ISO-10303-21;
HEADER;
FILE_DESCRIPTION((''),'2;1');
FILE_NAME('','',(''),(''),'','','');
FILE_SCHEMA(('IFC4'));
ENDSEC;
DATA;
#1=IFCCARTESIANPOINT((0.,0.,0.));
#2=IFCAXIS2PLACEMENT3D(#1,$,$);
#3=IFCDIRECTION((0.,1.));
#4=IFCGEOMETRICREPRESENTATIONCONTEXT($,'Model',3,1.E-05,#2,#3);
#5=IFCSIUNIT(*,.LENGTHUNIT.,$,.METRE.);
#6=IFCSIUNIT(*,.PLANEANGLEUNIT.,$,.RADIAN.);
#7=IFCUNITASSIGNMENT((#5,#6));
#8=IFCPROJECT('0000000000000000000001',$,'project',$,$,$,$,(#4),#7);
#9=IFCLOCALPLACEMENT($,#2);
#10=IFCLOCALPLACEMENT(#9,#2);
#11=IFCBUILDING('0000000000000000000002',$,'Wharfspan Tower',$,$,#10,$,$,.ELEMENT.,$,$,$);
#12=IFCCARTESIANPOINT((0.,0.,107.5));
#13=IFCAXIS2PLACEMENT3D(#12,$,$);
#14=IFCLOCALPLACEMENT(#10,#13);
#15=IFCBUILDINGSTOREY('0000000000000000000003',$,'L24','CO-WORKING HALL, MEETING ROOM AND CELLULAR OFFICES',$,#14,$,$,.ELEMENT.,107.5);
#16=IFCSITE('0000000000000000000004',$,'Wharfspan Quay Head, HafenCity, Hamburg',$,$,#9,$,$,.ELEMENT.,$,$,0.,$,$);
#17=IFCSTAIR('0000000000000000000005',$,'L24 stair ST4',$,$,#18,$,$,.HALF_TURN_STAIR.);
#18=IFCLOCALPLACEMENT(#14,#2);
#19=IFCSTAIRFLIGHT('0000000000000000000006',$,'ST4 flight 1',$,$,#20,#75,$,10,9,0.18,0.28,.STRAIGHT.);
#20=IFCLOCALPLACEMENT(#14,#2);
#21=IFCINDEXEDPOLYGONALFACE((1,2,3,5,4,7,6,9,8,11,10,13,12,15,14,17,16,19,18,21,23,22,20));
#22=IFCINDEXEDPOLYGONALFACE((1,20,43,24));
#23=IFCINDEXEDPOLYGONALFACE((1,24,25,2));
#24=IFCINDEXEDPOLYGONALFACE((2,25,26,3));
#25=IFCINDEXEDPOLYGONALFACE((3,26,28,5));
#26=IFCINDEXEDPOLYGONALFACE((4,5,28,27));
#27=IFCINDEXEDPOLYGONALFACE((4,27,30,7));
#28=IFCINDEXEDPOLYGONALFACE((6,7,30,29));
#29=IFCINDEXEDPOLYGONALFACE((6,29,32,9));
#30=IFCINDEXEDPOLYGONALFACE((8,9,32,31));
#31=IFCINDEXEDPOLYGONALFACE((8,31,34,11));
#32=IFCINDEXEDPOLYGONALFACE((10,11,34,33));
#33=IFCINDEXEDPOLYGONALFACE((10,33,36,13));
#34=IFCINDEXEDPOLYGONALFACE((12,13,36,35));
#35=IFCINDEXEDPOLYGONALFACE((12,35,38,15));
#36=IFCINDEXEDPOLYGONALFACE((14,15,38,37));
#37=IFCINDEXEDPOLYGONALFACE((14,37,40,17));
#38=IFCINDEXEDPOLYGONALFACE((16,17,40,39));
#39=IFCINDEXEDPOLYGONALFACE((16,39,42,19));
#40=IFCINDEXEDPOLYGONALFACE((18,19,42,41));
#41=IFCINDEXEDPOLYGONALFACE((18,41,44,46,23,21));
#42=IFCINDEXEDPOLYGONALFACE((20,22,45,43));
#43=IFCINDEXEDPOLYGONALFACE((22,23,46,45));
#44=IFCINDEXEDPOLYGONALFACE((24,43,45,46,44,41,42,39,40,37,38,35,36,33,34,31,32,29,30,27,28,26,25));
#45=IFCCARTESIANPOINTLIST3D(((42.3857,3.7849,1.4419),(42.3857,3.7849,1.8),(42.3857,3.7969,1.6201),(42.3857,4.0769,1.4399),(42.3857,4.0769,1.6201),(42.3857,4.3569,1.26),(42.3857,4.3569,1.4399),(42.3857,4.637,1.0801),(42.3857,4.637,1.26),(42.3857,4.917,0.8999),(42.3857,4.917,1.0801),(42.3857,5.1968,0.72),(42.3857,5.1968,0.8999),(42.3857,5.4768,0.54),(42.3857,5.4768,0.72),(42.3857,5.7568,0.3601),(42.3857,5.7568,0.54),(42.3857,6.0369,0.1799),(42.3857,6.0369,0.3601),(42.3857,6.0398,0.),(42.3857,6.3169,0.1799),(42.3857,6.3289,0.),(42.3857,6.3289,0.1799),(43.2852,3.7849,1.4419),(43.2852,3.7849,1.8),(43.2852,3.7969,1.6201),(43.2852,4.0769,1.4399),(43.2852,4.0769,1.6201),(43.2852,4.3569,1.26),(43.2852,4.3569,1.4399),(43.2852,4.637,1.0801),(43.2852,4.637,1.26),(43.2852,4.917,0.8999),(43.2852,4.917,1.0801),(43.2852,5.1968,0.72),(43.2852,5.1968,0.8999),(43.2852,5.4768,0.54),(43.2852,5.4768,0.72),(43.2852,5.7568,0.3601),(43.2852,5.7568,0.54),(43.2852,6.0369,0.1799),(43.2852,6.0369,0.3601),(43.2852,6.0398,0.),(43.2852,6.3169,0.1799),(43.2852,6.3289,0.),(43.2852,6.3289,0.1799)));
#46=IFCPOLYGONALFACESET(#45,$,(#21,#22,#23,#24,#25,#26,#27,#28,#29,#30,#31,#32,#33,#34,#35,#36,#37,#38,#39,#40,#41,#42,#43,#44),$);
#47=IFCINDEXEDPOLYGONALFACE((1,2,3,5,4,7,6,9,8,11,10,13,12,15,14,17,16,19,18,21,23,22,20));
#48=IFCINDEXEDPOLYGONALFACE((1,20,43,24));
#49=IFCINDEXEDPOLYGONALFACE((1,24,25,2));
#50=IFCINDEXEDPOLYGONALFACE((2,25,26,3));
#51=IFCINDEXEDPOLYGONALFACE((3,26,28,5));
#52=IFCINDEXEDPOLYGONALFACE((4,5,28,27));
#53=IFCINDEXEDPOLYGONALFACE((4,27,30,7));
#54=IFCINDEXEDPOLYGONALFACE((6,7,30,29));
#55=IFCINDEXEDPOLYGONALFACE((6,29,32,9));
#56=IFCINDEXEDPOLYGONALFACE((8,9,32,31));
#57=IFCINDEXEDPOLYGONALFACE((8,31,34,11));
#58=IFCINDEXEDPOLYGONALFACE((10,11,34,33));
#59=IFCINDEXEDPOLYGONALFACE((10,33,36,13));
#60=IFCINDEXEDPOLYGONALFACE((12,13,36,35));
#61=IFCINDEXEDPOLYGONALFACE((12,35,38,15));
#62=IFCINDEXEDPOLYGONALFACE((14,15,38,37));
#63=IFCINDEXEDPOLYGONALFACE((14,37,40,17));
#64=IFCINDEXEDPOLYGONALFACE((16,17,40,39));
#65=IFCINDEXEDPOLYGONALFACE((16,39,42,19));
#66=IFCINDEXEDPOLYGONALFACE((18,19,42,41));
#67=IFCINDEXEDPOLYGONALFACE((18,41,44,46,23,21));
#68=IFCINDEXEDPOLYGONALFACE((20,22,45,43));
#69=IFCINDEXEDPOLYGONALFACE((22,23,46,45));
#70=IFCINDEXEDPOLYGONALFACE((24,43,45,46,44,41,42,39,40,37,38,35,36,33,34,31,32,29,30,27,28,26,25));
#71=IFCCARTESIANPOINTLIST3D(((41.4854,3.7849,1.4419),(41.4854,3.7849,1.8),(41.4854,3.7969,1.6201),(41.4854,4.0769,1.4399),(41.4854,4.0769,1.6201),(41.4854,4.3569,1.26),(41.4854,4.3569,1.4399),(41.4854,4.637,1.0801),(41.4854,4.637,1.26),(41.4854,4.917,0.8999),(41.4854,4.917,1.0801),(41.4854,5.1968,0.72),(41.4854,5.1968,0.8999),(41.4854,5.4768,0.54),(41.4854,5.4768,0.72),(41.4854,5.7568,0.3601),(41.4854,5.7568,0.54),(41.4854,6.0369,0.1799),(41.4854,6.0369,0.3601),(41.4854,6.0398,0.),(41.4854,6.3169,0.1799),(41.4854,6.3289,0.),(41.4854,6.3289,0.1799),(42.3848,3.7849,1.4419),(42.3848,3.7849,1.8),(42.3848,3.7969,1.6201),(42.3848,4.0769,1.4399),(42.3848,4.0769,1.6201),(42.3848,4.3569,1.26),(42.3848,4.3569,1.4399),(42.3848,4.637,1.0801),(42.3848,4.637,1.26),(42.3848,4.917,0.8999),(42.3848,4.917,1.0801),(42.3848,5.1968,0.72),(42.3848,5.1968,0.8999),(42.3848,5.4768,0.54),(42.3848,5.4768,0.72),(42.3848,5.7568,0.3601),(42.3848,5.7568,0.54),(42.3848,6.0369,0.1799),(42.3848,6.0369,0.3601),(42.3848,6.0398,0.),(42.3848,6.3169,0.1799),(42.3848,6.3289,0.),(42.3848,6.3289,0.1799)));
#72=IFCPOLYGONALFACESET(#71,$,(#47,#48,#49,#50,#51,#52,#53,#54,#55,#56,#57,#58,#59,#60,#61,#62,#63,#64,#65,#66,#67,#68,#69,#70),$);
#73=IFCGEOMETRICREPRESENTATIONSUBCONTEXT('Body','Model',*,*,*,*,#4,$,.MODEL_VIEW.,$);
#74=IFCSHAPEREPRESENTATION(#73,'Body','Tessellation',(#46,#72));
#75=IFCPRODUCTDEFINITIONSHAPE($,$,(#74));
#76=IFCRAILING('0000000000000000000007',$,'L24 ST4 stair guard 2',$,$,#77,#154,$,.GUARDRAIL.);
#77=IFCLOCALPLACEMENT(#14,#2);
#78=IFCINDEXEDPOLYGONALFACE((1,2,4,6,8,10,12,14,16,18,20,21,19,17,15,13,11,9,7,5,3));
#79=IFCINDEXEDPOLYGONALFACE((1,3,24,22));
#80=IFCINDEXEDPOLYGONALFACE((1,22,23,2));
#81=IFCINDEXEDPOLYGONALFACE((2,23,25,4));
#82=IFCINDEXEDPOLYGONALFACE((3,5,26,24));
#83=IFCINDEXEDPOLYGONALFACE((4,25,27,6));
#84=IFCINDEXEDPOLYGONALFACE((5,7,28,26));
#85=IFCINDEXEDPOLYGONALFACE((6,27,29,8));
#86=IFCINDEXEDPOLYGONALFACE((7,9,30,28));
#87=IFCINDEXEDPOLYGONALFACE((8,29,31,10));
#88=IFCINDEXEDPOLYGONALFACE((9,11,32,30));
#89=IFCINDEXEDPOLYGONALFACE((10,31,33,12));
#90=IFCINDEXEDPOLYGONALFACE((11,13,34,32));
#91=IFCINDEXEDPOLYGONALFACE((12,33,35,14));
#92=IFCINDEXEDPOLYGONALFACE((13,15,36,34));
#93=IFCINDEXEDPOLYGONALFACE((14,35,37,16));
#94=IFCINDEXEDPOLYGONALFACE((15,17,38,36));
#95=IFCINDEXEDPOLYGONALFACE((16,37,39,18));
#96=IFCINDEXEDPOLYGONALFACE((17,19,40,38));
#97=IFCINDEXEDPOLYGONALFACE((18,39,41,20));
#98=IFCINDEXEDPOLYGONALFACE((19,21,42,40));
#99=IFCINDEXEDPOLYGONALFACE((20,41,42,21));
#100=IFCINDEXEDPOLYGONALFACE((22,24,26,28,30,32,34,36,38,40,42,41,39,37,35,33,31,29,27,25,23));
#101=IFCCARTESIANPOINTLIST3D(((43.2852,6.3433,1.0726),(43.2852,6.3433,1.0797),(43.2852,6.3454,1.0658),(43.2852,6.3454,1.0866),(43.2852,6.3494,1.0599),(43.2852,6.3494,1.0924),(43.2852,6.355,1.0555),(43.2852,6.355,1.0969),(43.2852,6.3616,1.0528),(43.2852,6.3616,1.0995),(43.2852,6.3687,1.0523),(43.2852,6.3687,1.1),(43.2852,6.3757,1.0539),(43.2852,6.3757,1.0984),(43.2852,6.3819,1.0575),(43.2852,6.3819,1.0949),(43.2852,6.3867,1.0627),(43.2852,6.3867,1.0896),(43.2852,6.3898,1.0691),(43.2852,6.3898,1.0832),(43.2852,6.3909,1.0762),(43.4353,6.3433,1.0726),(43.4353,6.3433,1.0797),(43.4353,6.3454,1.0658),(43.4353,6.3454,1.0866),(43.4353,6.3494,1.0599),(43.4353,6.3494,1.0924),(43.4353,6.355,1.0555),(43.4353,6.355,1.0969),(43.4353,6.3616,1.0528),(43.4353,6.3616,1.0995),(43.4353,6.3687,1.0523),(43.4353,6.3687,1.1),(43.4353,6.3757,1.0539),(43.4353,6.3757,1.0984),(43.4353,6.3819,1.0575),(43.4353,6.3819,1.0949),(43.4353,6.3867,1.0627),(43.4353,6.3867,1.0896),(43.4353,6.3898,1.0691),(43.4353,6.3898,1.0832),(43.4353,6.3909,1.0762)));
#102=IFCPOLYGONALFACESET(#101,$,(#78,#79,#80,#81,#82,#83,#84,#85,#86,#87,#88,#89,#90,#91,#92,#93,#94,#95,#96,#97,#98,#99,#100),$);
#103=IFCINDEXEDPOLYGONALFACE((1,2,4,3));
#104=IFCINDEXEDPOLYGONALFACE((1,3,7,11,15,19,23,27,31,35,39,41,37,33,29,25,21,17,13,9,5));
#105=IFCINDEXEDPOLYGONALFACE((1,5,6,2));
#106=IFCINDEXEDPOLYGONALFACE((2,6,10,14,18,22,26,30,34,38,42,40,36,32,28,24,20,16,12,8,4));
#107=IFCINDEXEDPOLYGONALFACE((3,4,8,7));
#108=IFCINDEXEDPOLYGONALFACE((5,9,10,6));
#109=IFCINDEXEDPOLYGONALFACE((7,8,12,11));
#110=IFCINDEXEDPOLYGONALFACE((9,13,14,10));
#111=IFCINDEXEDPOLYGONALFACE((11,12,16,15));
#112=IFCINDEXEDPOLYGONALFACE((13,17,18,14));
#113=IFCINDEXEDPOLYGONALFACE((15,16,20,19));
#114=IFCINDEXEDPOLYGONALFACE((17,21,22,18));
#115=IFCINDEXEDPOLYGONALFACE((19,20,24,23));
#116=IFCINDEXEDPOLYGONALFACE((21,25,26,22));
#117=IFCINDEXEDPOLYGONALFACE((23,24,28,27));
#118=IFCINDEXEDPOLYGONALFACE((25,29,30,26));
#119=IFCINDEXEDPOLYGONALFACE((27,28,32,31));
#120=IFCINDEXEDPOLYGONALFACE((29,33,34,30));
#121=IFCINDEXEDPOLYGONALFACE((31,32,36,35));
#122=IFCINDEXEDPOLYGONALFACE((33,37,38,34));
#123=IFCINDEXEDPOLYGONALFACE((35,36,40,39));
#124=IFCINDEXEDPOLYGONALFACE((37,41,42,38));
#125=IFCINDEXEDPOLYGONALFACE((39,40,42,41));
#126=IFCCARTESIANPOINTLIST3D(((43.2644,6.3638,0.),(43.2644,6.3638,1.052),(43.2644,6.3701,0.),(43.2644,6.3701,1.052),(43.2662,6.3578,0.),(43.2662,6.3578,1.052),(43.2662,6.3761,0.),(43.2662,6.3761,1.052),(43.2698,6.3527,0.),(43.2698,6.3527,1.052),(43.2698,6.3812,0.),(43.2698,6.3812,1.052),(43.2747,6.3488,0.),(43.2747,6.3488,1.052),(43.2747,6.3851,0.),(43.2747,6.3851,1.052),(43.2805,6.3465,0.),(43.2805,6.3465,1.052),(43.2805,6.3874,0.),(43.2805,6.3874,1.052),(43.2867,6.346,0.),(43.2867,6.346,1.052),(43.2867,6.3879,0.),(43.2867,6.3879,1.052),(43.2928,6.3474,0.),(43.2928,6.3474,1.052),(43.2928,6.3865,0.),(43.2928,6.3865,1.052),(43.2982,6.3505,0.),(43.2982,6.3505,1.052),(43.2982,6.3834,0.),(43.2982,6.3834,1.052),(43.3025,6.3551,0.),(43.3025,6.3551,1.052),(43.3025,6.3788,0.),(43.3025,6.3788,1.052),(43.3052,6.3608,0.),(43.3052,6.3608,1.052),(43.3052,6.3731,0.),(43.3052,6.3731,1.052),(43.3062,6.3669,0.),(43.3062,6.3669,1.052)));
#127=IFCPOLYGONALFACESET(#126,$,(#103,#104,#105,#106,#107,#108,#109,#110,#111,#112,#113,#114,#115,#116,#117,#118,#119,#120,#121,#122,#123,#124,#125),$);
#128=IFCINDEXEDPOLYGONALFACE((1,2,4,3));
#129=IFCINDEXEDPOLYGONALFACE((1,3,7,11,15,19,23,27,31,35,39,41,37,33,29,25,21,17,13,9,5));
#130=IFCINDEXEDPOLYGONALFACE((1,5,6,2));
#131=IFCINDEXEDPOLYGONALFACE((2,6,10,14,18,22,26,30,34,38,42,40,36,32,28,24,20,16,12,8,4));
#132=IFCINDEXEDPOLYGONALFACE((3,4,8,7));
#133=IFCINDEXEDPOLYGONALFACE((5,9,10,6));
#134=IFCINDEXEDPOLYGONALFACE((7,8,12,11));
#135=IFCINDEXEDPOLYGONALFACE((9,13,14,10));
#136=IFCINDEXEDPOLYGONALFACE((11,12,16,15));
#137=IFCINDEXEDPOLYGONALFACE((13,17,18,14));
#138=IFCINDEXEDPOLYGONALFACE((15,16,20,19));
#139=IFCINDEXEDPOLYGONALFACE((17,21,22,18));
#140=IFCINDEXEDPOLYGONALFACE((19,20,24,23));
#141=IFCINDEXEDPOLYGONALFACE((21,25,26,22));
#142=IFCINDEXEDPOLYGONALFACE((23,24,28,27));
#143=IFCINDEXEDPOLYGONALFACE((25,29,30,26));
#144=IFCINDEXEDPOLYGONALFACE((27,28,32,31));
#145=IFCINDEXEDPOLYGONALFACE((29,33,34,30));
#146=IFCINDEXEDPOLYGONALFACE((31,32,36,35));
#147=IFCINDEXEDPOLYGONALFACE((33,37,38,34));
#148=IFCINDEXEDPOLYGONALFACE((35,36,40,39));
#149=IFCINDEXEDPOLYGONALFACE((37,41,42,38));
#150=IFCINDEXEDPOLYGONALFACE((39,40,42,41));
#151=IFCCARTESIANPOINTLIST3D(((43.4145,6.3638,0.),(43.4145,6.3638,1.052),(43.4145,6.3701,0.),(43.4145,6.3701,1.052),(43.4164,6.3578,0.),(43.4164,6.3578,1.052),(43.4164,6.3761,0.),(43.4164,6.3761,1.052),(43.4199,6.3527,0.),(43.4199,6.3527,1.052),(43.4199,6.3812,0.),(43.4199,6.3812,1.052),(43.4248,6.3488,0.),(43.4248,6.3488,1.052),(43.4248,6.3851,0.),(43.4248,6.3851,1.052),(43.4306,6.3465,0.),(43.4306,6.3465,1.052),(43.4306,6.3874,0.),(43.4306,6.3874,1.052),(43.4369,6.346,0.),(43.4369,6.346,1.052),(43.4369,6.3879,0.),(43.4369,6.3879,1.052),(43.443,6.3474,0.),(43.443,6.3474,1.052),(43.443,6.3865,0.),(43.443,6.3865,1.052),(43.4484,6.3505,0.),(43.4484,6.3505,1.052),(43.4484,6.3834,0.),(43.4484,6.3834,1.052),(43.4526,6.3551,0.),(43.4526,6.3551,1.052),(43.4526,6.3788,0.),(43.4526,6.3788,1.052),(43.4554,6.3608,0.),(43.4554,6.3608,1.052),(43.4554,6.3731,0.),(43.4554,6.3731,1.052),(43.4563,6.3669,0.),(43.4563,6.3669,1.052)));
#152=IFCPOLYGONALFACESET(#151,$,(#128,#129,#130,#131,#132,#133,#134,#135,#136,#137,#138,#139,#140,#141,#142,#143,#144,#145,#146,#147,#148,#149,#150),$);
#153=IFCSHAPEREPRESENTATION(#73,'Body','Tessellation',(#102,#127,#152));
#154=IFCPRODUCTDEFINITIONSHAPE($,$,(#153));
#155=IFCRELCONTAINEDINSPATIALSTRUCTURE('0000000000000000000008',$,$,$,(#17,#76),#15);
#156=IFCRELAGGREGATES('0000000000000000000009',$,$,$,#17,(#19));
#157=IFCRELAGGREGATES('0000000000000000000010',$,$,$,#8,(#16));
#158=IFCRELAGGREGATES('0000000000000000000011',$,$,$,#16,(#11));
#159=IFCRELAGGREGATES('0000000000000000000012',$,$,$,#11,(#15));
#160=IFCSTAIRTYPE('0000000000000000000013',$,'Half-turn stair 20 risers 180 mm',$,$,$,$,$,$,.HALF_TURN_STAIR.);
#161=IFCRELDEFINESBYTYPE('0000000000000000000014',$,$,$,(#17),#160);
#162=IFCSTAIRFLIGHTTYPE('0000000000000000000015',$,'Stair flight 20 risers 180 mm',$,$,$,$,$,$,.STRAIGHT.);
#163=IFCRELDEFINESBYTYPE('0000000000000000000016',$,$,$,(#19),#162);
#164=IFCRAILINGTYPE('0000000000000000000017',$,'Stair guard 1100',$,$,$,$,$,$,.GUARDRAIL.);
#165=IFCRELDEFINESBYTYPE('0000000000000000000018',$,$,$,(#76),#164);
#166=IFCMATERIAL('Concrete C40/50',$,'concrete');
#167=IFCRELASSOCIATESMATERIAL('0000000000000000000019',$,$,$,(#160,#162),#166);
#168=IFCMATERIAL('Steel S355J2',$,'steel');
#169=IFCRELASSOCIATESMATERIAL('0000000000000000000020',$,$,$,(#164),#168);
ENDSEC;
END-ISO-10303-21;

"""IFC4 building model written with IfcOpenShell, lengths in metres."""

from ifc_helpers import new_model, si_unit, direction, frame, origin, origin_2d, place, context, subcontext, project, spatial, polyline, circle, outline, extrude, material, type_object, element, aggregate, save


model = new_model("IFC4")

# Units and contexts
model_context = context("Model", 3, precision=1e-05, world=origin(), true_north=direction((0.0, 1.0)))
body_context = subcontext(model_context, "Body", "Model", "MODEL_VIEW")
ifc_project = project(units=[si_unit("LENGTHUNIT", "METRE"), si_unit("PLANEANGLEUNIT", "RADIAN")], contexts=[model_context])

# Site, building, storey
site_placement = place(None, origin())
site = spatial("IfcSite", under=ifc_project, at=site_placement, Name="Wharfspan Quay Head, HafenCity, Hamburg", CompositionType="ELEMENT", RefElevation=0.0)
building_placement = place(site_placement, origin())
building = spatial("IfcBuilding", under=site, at=building_placement, Name="Wharfspan Tower", CompositionType="ELEMENT")
storey_placement = place(building_placement, frame((0.0, 0.0, 107.5)))
storey = spatial("IfcBuildingStorey", under=building, at=storey_placement, Name="L24", Description="CO-WORKING HALL, MEETING ROOM AND CELLULAR OFFICES", CompositionType="ELEMENT", Elevation=107.5)

# Shared definitions
ifc_material_1 = material(Name="Concrete C40/50", Category="concrete")

# Stair, stair flight
stair_type = type_object("IfcStairType", Name="Half-turn stair 20 risers 180 mm", PredefinedType="HALF_TURN_STAIR", material=ifc_material_1)
stair_placement = place(storey_placement, origin())
stair = element("IfcStair", 1, at=stair_placement, inside=storey, type_object=stair_type, Name="L24 stair ST4", PredefinedType="HALF_TURN_STAIR")
stair_flight_type = type_object("IfcStairFlightType", Name="Stair flight 20 risers 180 mm", PredefinedType="STRAIGHT", material=ifc_material_1)
stair_flight_placement = place(storey_placement, frame((42.3853, 6.3169, 0.0), z_axis=(0.0, 0.0, 1.0), x_axis=(0.0, -1.0, 0.0)))
stair_flight = element("IfcStairFlight", 2, at=stair_flight_placement, type_object=stair_flight_type, Name="ST4 flight 1", NumberOfRisers=10, NumberOfTreads=9, PredefinedType="STRAIGHT", RiserHeight=0.18, TreadLength=0.28, context=body_context, shape_type="SweptSolid", body=[
    extrude(outline(polyline([(-0.012, 0.0), (-0.012, 0.1799), (0.0, 0.1799), (0.28, 0.1799), (0.28, 0.3601), (0.5601, 0.3601), (0.5601, 0.54), (0.8401, 0.54), (0.8401, 0.72), (1.1201, 0.72), (1.1201, 0.8999), (1.3999, 0.8999), (1.3999, 1.0801), (1.6799, 1.0801), (1.6799, 1.26), (1.96, 1.26), (1.96, 1.4399), (2.24, 1.4399), (2.24, 1.6201), (2.52, 1.6201), (2.532, 1.8), (2.532, 1.4419), (0.2771, 0.0), (-0.012, 0.0)])), frame((0.0, 0.8999, 0.0), z_axis=(0.0, -1.0, 0.0), x_axis=(1.0, 0.0, 0.0)), (0.0, 0.0, 1.0), 0.8994),
    extrude(outline(polyline([(-0.012, 0.0), (-0.012, 0.1799), (0.0, 0.1799), (0.28, 0.1799), (0.28, 0.3601), (0.5601, 0.3601), (0.5601, 0.54), (0.8401, 0.54), (0.8401, 0.72), (1.1201, 0.72), (1.1201, 0.8999), (1.3999, 0.8999), (1.3999, 1.0801), (1.6799, 1.0801), (1.6799, 1.26), (1.96, 1.26), (1.96, 1.4399), (2.24, 1.4399), (2.24, 1.6201), (2.52, 1.6201), (2.532, 1.8), (2.532, 1.4419), (0.2771, 0.0), (-0.012, 0.0)])), frame((0.0, -0.0005, 0.0), z_axis=(0.0, -1.0, 0.0), x_axis=(1.0, 0.0, 0.0)), (0.0, 0.0, 1.0), 0.8994),
])
aggregate(stair, [stair_flight])

# Railing
ifc_material_2 = material(Name="Steel S355J2", Category="steel")
railing_type_1 = type_object("IfcRailingType", Name="Stair guard 1100", PredefinedType="GUARDRAIL", material=ifc_material_2)
railing_1_placement = place(storey_placement, frame((43.2852, 6.3669, 0.0)))
element("IfcRailing", 3, at=railing_1_placement, inside=storey, type_object=railing_type_1, Name="L24 ST4 stair guard 2", PredefinedType="GUARDRAIL", context=body_context, shape_type="SweptSolid", body=[
    extrude(circle(Radius=0.0239, at=origin_2d()), frame((0.0, 0.0, 1.0762), z_axis=(1.0, 0.0, 0.0), x_axis=(0.0, 1.0, 0.0)), (0.0, 0.0, 1.0), 0.1501),
    extrude(circle(Radius=0.021, at=origin_2d()), origin(), (0.0, 0.0, 1.0), 1.052),
    extrude(circle(Radius=0.021, at=origin_2d()), frame((0.1501, 0.0, 0.0)), (0.0, 0.0, 1.0), 1.052),
])

save(model, "model.ifc")
